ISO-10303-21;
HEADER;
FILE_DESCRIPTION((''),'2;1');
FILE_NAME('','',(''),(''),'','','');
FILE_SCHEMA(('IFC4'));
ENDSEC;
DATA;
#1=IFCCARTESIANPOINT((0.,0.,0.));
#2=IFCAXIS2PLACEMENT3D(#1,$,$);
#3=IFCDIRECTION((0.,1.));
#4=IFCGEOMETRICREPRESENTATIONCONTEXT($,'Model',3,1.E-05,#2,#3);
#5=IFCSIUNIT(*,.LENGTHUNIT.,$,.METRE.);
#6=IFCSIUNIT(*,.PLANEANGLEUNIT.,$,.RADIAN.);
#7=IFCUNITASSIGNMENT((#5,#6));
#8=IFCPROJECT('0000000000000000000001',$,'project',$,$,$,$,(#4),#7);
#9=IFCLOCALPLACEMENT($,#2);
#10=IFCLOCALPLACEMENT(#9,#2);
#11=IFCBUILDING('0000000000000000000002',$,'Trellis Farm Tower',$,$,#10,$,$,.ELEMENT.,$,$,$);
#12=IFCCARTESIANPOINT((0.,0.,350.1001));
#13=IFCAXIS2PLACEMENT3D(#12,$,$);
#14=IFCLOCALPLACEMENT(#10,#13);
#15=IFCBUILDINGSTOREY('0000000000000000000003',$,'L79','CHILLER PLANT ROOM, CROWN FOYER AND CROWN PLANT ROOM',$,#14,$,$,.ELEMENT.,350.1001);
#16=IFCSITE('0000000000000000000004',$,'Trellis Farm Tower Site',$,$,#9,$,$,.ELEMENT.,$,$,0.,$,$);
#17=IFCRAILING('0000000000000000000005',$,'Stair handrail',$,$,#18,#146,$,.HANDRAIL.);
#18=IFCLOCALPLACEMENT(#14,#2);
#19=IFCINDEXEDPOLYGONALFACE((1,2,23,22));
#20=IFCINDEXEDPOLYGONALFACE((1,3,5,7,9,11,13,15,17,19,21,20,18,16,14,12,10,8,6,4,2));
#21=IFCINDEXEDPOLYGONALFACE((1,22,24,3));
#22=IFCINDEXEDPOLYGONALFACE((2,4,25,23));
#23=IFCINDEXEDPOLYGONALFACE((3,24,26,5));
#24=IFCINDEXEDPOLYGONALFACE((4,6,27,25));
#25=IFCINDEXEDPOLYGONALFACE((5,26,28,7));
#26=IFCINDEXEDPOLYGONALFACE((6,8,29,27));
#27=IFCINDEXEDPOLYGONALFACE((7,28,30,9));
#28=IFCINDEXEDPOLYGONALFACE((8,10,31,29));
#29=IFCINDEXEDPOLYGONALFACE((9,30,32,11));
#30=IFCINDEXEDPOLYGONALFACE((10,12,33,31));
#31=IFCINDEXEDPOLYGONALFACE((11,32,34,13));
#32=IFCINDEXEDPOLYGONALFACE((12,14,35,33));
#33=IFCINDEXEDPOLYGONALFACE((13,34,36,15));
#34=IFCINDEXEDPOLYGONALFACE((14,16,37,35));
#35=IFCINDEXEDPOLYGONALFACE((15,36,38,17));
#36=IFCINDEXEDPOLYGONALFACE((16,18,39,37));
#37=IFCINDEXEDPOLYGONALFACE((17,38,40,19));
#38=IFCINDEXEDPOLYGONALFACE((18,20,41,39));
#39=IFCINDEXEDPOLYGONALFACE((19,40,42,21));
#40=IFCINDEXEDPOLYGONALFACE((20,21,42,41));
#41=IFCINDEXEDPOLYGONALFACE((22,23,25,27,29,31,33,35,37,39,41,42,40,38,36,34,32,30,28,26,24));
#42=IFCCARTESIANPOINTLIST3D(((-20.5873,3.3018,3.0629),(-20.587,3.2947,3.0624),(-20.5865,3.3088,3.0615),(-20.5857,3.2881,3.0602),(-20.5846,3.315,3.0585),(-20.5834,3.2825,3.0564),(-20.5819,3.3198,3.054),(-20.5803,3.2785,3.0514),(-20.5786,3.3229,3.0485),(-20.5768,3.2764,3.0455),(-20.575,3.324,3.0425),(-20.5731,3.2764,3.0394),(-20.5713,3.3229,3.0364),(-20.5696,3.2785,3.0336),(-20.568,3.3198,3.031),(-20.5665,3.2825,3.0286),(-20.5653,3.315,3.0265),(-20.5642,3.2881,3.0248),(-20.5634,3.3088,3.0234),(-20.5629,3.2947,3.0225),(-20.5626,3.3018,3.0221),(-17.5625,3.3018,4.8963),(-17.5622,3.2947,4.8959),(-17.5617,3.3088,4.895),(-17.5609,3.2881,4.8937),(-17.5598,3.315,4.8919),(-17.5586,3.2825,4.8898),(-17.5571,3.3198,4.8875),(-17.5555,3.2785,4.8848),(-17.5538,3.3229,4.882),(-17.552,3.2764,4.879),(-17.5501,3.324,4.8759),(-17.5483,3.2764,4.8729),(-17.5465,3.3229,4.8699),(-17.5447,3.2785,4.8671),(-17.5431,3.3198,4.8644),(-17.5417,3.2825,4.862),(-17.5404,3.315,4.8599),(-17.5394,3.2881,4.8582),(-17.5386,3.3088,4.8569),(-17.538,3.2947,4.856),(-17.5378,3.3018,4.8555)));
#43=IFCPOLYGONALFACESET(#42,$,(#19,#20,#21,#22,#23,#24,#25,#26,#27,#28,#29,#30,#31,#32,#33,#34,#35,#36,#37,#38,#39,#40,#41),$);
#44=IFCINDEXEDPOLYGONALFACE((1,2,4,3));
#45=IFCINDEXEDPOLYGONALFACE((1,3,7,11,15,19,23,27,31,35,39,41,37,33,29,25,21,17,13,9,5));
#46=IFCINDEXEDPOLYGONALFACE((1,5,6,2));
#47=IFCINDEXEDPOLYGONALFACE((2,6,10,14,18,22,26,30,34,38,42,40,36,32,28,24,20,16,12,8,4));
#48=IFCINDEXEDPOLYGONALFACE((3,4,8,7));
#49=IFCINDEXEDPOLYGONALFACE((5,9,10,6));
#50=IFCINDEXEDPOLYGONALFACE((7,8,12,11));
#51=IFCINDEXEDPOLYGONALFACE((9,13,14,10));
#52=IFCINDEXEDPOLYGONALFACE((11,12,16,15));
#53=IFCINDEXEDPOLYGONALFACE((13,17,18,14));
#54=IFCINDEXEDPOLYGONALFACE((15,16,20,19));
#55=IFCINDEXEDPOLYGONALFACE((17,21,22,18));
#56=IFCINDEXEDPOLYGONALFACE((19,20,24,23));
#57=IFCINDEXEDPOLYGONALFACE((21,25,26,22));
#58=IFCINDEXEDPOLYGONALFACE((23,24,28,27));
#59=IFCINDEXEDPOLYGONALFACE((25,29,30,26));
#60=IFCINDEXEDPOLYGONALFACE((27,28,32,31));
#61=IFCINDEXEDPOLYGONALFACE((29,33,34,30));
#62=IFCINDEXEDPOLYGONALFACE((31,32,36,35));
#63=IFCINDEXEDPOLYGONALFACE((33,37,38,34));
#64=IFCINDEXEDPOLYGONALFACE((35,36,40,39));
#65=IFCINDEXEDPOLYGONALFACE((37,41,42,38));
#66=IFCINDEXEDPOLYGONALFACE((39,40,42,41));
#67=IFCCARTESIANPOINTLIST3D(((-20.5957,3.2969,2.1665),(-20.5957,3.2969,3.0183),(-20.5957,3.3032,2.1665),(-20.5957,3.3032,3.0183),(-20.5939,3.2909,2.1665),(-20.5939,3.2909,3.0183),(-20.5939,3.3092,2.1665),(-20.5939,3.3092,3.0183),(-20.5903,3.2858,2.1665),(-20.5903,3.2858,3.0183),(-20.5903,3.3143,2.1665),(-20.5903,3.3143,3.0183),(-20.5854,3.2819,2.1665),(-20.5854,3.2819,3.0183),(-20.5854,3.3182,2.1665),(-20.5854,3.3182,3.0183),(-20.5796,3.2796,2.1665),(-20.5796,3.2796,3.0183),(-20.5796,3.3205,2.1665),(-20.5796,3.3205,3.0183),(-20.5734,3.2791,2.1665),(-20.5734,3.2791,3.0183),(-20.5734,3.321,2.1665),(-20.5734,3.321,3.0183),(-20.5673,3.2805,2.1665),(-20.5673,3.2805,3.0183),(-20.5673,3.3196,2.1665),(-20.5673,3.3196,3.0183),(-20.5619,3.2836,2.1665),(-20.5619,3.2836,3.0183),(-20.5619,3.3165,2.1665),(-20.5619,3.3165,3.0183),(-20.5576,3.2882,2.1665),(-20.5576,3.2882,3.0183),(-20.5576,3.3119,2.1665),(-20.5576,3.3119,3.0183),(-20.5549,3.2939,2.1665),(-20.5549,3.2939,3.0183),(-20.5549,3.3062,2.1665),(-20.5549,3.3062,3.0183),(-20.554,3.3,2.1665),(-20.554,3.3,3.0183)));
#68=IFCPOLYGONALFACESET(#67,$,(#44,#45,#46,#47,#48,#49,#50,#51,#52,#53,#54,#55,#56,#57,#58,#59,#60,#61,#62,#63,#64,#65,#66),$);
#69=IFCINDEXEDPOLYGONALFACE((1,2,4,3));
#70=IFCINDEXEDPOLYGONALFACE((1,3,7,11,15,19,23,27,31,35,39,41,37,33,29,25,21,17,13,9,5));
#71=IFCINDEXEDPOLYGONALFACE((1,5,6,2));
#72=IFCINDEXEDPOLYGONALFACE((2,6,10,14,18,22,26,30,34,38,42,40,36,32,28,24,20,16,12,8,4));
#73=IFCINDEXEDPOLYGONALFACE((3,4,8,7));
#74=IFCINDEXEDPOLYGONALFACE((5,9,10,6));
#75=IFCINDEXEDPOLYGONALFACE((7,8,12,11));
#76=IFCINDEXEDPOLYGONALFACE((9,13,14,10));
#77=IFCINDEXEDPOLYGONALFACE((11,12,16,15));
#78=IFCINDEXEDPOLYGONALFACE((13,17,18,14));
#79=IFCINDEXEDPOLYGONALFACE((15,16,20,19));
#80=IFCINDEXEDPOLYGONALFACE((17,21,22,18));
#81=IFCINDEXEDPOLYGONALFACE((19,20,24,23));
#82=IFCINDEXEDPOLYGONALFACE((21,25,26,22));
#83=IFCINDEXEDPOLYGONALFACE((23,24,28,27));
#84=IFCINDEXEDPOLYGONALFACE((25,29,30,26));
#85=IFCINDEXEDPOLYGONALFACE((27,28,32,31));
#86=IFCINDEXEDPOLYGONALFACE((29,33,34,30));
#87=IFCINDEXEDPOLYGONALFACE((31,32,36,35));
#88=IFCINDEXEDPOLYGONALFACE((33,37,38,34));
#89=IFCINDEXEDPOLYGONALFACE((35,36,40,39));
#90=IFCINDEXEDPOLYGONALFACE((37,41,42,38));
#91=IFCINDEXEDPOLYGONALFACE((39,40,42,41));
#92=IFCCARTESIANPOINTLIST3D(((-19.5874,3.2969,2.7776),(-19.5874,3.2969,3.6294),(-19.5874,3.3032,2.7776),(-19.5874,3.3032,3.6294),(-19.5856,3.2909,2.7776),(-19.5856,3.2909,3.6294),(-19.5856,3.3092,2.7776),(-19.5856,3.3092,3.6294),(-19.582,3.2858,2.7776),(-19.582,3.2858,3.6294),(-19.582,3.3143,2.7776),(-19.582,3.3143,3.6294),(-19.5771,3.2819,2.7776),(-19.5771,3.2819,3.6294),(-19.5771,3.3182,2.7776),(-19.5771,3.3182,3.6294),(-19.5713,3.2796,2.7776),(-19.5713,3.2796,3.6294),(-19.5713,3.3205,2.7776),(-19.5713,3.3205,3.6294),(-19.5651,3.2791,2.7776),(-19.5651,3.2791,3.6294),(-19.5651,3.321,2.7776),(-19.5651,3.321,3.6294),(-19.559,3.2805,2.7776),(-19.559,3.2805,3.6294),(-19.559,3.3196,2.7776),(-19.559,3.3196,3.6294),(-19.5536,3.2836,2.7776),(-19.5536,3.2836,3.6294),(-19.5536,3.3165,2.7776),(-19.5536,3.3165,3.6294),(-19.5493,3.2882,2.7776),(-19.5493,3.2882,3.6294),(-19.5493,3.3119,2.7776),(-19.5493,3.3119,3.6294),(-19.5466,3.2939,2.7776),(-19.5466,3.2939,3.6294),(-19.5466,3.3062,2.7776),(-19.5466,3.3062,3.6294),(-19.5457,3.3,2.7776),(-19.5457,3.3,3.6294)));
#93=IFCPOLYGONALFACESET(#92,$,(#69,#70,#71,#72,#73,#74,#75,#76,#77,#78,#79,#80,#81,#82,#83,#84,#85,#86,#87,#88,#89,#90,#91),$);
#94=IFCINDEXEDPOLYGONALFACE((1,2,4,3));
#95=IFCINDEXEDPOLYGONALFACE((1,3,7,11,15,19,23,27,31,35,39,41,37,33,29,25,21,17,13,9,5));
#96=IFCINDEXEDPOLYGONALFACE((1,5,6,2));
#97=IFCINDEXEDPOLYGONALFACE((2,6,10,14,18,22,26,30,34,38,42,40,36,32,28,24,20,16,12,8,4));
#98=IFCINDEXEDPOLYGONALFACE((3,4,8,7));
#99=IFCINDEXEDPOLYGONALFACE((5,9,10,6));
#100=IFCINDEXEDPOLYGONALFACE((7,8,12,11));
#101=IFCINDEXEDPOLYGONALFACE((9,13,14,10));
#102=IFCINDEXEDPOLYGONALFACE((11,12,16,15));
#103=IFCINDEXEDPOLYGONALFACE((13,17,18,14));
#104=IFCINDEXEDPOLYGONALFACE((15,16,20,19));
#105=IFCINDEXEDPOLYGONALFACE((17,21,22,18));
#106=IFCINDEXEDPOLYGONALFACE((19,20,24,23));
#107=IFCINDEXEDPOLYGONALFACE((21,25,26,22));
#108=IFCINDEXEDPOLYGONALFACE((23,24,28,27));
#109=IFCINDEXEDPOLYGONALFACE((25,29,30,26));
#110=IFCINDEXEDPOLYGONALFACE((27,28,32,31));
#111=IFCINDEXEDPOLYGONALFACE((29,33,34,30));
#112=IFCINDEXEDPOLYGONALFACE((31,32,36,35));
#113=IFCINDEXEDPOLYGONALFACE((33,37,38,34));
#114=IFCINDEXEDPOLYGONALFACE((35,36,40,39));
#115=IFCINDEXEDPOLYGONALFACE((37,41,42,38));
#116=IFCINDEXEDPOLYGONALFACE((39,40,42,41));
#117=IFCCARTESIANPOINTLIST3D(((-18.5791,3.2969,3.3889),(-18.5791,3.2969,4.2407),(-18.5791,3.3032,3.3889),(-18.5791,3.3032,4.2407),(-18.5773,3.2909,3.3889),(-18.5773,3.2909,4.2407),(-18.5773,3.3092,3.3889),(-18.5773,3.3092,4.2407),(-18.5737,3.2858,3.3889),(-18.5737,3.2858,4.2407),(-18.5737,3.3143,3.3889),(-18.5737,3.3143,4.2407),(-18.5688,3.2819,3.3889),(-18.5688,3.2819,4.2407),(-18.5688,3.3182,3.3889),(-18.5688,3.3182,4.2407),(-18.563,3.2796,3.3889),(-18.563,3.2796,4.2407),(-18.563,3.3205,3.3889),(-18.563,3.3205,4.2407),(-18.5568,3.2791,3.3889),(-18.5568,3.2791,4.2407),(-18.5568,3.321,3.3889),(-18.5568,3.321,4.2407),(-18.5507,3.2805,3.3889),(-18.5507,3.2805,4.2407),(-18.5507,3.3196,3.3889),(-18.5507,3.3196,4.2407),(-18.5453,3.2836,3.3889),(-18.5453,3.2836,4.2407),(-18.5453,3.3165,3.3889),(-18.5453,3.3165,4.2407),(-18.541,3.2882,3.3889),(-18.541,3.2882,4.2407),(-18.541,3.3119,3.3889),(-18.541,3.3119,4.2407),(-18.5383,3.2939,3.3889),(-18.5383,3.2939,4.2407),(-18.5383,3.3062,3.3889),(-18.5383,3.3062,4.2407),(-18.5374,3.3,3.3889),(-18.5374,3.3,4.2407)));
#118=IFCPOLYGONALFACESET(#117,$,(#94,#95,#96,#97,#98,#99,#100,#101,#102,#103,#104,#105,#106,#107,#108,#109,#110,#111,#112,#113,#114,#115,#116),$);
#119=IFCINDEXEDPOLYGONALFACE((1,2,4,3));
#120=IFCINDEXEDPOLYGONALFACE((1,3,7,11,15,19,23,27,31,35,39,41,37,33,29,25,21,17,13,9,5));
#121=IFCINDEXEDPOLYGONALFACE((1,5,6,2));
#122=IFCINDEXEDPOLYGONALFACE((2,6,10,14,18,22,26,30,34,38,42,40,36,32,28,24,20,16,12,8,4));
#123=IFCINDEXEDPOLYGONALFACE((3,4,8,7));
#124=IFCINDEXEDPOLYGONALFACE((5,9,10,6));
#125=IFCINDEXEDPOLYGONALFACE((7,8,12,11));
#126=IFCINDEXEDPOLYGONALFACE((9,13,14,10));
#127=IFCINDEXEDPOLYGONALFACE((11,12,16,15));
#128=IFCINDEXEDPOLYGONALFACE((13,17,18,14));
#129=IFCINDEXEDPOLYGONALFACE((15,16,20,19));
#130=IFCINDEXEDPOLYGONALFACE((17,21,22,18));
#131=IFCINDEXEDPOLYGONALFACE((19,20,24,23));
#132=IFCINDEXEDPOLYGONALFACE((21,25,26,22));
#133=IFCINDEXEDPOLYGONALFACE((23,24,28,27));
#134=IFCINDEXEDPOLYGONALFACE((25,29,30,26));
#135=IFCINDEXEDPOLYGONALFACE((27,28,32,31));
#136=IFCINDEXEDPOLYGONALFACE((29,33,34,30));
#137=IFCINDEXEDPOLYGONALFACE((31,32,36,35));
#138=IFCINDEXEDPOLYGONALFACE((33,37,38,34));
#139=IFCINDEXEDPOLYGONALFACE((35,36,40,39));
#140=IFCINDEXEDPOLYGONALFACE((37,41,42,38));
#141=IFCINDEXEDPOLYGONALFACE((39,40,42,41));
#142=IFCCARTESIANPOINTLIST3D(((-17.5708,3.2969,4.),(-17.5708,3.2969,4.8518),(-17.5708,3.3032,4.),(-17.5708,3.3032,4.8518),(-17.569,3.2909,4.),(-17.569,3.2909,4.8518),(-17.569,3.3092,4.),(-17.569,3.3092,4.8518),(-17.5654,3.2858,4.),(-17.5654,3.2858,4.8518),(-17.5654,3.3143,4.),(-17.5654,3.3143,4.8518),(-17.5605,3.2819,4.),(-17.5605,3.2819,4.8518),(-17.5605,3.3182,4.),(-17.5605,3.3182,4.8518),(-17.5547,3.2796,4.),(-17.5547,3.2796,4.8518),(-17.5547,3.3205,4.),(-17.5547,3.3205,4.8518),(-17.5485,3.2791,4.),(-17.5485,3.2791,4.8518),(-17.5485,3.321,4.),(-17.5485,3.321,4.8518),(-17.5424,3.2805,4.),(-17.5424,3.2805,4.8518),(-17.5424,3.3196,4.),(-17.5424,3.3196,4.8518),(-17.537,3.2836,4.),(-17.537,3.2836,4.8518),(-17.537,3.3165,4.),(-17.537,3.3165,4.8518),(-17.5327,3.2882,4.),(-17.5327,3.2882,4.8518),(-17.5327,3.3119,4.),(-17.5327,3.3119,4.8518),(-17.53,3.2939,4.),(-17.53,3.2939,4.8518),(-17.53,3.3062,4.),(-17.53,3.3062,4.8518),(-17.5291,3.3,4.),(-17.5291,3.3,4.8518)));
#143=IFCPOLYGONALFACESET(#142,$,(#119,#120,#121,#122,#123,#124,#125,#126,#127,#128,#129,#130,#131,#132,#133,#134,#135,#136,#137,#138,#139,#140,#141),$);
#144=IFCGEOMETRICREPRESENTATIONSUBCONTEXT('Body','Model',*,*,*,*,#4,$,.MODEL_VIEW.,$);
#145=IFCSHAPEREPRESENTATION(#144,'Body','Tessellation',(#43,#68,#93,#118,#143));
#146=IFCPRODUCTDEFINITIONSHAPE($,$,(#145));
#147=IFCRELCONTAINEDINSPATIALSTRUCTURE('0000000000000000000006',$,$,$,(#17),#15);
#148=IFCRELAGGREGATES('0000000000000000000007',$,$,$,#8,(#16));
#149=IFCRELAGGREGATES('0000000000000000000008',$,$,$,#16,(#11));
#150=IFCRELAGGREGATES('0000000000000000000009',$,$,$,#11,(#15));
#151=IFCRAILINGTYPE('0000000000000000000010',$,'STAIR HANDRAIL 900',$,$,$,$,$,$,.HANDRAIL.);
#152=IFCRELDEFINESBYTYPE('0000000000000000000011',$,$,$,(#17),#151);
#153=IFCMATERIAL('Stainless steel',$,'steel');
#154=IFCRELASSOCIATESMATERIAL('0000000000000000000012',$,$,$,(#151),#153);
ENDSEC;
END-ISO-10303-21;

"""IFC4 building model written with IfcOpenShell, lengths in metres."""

from ifc_helpers import new_model, si_unit, direction, frame, origin, origin_2d, place, context, subcontext, project, spatial, circle, extrude, source, transform, mapped, material, type_object, element, save


model = new_model("IFC4")

# Units and contexts
model_context = context("Model", 3, precision=1e-05, world=origin(), true_north=direction((0.0, 1.0)))
body_context = subcontext(model_context, "Body", "Model", "MODEL_VIEW")
ifc_project = project(units=[si_unit("LENGTHUNIT", "METRE"), si_unit("PLANEANGLEUNIT", "RADIAN")], contexts=[model_context])

# Site, building, storey
site_placement = place(None, origin())
site = spatial("IfcSite", under=ifc_project, at=site_placement, Name="Trellis Farm Tower Site", CompositionType="ELEMENT", RefElevation=0.0)
building_placement = place(site_placement, origin())
building = spatial("IfcBuilding", under=site, at=building_placement, Name="Trellis Farm Tower", CompositionType="ELEMENT")
storey_placement = place(building_placement, frame((0.0, 0.0, 350.1001)))
storey = spatial("IfcBuildingStorey", under=building, at=storey_placement, Name="L79", Description="CHILLER PLANT ROOM, CROWN FOYER AND CROWN PLANT ROOM", CompositionType="ELEMENT", Elevation=350.1001)

# Railing
ifc_material_1 = material(Name="Stainless steel", Category="steel")
railing_type = type_object("IfcRailingType", Name="STAIR HANDRAIL 900", PredefinedType="HANDRAIL", material=ifc_material_1)
shared_shape_1 = source(origin(), body_context, "Body", "SweptSolid", [
    extrude(circle(Radius=0.0239, at=origin_2d()), frame((0.0, 0.0, 0.876), z_axis=(0.85517, 0.0, 0.518348), x_axis=(0.0, 1.0, 0.0)), (0.0, 0.0, 1.0), 3.5371),
    extrude(circle(Radius=0.021, at=origin_2d()), origin(), (0.0, 0.0, 1.0), 0.8518),
    extrude(circle(Radius=0.021, at=origin_2d()), frame((1.0083, 0.0, 0.6111)), (0.0, 0.0, 1.0), 0.8518),
    extrude(circle(Radius=0.021, at=origin_2d()), frame((2.0166, 0.0, 1.2224)), (0.0, 0.0, 1.0), 0.8518),
    extrude(circle(Radius=0.021, at=origin_2d()), frame((3.0249, 0.0, 1.8335)), (0.0, 0.0, 1.0), 0.8518),
])
for number, where, name in (
    (1, (-20.575, 3.3, 2.1665), "Stair handrail"),
):
    element("IfcRailing", number, at=place(storey_placement, frame(where)), inside=storey, type_object=railing_type, Name=name, PredefinedType="HANDRAIL", context=body_context, shape_type="MappedRepresentation", body=[
        mapped(shared_shape_1, transform((0.0, 0.0, 0.0))),
    ])

save(model, "model.ifc")
